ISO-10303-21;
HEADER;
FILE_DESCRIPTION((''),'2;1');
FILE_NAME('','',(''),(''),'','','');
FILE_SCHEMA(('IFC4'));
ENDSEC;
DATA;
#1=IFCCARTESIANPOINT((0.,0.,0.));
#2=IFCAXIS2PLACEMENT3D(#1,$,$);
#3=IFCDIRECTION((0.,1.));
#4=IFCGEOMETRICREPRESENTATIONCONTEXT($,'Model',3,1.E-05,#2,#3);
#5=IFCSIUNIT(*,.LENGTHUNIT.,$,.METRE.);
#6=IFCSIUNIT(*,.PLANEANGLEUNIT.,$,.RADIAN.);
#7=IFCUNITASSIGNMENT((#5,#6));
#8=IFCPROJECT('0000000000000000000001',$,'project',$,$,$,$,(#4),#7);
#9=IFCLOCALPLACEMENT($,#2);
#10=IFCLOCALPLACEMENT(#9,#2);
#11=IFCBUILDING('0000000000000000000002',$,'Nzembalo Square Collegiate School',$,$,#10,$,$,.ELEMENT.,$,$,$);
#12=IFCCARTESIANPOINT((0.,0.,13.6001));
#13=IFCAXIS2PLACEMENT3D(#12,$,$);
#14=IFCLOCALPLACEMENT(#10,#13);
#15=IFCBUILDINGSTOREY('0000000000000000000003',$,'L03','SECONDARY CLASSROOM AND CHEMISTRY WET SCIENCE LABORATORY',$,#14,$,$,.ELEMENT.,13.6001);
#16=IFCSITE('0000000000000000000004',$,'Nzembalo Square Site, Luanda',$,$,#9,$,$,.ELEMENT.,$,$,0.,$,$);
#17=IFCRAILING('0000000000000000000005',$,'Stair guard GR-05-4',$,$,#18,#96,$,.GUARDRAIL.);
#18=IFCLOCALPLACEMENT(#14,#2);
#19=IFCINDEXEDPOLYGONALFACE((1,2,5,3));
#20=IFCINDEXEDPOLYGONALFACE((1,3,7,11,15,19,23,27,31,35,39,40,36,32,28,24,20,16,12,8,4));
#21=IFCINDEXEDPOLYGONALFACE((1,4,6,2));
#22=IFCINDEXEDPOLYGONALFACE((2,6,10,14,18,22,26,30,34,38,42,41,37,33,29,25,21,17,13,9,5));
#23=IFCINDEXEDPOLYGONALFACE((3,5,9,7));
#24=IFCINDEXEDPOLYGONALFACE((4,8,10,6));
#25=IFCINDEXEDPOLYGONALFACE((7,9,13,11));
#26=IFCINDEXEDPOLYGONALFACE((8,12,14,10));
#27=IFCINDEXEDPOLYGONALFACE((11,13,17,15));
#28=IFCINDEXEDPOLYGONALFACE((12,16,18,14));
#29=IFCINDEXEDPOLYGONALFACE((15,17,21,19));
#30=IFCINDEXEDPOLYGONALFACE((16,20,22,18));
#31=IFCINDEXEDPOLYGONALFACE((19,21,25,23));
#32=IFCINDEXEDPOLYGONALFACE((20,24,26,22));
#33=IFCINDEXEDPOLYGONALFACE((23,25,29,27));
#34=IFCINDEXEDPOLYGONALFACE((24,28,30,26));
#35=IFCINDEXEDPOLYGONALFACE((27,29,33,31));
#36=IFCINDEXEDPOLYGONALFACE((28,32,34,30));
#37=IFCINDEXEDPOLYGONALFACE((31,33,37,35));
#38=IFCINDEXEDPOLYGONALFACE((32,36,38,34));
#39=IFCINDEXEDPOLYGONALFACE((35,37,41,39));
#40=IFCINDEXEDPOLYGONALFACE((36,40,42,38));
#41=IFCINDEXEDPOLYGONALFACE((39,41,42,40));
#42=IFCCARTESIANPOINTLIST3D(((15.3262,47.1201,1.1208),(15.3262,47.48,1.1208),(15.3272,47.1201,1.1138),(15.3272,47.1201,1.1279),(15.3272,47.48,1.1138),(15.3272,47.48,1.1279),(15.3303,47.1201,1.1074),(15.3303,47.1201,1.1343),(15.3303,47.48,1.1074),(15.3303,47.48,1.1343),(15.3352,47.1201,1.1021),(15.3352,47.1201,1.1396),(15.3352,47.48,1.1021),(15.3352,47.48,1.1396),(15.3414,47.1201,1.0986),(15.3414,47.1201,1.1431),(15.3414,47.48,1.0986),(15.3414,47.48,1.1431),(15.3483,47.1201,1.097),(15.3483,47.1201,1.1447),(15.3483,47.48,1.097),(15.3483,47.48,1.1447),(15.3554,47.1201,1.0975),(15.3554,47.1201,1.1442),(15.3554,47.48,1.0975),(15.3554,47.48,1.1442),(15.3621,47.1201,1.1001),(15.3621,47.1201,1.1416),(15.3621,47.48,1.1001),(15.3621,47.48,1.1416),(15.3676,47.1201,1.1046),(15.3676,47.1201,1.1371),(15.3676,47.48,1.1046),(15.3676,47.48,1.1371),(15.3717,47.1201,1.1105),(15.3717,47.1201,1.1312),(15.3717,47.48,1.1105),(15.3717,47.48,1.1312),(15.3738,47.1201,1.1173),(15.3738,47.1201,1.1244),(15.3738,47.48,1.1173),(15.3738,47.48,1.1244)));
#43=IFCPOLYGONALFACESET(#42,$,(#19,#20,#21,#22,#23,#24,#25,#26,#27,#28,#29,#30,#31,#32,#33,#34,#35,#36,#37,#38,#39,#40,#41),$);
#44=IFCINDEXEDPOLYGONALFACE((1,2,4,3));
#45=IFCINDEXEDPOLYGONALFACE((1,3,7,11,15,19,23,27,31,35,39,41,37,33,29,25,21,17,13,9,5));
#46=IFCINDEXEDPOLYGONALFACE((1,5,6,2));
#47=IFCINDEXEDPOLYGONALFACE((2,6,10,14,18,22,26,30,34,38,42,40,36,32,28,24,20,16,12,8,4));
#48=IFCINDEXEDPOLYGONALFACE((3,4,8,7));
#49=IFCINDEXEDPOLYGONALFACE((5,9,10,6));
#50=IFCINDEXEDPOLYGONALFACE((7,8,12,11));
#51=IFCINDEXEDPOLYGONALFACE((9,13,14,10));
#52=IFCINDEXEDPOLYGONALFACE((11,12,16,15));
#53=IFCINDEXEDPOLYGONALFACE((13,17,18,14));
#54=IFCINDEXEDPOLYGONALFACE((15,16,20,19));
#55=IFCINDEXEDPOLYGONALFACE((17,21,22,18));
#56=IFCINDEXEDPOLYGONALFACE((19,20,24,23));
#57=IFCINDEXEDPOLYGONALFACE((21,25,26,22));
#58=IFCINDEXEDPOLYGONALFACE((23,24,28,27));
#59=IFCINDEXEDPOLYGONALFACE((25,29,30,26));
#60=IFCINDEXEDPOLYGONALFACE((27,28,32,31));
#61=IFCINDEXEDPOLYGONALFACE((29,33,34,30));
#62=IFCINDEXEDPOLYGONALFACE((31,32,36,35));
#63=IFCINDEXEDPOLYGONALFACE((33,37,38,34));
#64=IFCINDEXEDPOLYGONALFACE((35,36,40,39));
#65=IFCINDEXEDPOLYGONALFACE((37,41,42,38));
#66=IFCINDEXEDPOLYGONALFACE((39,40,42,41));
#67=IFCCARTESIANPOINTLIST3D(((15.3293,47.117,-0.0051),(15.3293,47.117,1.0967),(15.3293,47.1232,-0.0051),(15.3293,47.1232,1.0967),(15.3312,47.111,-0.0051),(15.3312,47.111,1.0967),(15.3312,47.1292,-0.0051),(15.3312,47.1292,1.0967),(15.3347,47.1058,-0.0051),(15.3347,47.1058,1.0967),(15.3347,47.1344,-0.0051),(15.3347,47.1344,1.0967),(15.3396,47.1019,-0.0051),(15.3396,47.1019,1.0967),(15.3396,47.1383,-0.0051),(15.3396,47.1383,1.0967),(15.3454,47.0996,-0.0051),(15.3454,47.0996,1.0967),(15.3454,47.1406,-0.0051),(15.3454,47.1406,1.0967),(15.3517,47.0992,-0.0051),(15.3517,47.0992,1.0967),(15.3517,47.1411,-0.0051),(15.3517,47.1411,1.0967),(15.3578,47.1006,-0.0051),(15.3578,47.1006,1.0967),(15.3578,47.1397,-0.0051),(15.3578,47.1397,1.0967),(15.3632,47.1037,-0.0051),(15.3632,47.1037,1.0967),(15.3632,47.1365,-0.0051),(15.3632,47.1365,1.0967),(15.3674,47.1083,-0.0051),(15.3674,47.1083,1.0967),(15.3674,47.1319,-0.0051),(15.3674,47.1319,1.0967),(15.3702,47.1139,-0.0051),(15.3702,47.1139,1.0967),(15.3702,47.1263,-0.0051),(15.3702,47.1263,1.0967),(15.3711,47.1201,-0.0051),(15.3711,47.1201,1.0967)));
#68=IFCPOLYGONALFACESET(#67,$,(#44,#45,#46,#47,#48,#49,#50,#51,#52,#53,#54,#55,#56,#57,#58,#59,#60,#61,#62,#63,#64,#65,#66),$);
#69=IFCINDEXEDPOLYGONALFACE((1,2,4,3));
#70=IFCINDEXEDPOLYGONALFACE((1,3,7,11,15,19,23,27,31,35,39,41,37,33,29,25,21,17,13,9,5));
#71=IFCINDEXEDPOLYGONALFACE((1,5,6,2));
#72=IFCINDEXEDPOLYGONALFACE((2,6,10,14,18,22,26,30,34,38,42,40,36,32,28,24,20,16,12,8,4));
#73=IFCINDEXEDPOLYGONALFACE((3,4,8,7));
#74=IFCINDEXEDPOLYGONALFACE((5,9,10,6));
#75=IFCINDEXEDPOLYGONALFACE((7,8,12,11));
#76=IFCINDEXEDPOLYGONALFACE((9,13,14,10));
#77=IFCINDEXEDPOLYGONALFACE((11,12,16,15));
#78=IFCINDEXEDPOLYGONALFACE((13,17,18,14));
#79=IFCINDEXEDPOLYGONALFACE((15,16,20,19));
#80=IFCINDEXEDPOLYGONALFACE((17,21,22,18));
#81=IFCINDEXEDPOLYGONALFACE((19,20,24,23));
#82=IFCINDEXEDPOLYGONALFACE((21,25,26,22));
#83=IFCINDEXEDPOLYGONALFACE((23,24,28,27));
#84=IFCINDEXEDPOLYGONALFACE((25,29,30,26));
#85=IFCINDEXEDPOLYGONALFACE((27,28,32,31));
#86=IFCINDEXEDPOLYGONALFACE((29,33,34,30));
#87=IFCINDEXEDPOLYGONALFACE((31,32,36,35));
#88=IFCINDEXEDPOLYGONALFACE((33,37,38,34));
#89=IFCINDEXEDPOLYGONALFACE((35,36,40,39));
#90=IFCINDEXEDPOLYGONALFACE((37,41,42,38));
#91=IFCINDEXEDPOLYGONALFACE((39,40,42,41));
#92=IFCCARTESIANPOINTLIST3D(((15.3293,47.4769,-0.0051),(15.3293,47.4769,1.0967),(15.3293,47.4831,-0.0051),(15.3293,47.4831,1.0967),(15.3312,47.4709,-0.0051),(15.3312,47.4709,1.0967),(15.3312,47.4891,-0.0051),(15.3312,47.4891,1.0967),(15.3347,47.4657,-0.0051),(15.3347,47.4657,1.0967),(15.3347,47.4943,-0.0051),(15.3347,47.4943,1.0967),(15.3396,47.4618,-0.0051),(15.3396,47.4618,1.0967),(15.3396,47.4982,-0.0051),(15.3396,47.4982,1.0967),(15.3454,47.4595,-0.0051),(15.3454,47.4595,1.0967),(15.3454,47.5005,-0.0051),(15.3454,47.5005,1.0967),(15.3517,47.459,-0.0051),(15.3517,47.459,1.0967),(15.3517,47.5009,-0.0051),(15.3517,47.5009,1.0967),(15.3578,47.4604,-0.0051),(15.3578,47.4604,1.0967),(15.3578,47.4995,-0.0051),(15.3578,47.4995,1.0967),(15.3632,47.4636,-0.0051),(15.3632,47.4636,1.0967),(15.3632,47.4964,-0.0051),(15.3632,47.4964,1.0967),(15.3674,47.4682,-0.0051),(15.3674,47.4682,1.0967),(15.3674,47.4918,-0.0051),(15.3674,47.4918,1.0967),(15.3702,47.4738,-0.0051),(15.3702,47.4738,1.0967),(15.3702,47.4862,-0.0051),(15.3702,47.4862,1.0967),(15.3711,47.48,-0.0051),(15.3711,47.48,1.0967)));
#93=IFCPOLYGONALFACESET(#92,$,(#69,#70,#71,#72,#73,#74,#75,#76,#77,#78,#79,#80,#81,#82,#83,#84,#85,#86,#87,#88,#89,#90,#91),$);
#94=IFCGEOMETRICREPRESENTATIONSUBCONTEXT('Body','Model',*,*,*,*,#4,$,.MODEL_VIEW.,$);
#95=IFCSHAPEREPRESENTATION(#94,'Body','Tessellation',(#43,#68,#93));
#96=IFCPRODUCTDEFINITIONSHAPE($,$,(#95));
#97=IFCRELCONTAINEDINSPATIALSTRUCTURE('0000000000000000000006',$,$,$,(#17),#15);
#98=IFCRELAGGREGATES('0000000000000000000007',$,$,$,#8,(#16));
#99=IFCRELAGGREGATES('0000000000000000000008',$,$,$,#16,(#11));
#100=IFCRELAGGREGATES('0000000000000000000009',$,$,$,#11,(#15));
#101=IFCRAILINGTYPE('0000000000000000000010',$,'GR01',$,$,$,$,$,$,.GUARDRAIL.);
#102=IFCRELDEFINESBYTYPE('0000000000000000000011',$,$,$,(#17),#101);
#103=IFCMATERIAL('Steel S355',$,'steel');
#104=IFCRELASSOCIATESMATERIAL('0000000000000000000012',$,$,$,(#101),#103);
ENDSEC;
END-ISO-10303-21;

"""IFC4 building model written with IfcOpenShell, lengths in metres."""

from ifc_helpers import new_model, si_unit, direction, frame, origin, origin_2d, place, context, subcontext, project, spatial, circle, extrude, material, type_object, element, save


model = new_model("IFC4")

# Units and contexts
model_context = context("Model", 3, precision=1e-05, world=origin(), true_north=direction((0.0, 1.0)))
body_context = subcontext(model_context, "Body", "Model", "MODEL_VIEW")
ifc_project = project(units=[si_unit("LENGTHUNIT", "METRE"), si_unit("PLANEANGLEUNIT", "RADIAN")], contexts=[model_context])

# Site, building, storey
site_placement = place(None, origin())
site = spatial("IfcSite", under=ifc_project, at=site_placement, Name="Nzembalo Square Site, Luanda", CompositionType="ELEMENT", RefElevation=0.0)
building_placement = place(site_placement, origin())
building = spatial("IfcBuilding", under=site, at=building_placement, Name="Nzembalo Square Collegiate School", CompositionType="ELEMENT")
storey_placement = place(building_placement, frame((0.0, 0.0, 13.6001)))
storey = spatial("IfcBuildingStorey", under=building, at=storey_placement, Name="L03", Description="SECONDARY CLASSROOM AND CHEMISTRY WET SCIENCE LABORATORY", CompositionType="ELEMENT", Elevation=13.6001)

# Railing
ifc_material_1 = material(Name="Steel S355", Category="steel")
railing_type = type_object("IfcRailingType", Name="GR01", PredefinedType="GUARDRAIL", material=ifc_material_1)
railing_placement = place(storey_placement, frame((15.3501, 47.1201, -0.0051)))
element("IfcRailing", 1, at=railing_placement, inside=storey, type_object=railing_type, Name="Stair guard GR-05-4", PredefinedType="GUARDRAIL", context=body_context, shape_type="SweptSolid", body=[
    extrude(circle(Radius=0.0239, at=origin_2d()), frame((0.0, 0.0, 1.126), z_axis=(0.0, 1.0, 0.0), x_axis=(-1.0, 0.0, 0.0)), (0.0, 0.0, 1.0), 0.3599),
    extrude(circle(Radius=0.021, at=origin_2d()), origin(), (0.0, 0.0, 1.0), 1.1018),
    extrude(circle(Radius=0.021, at=origin_2d()), frame((0.0, 0.3599, 0.0)), (0.0, 0.0, 1.0), 1.1018),
])

save(model, "model.ifc")
